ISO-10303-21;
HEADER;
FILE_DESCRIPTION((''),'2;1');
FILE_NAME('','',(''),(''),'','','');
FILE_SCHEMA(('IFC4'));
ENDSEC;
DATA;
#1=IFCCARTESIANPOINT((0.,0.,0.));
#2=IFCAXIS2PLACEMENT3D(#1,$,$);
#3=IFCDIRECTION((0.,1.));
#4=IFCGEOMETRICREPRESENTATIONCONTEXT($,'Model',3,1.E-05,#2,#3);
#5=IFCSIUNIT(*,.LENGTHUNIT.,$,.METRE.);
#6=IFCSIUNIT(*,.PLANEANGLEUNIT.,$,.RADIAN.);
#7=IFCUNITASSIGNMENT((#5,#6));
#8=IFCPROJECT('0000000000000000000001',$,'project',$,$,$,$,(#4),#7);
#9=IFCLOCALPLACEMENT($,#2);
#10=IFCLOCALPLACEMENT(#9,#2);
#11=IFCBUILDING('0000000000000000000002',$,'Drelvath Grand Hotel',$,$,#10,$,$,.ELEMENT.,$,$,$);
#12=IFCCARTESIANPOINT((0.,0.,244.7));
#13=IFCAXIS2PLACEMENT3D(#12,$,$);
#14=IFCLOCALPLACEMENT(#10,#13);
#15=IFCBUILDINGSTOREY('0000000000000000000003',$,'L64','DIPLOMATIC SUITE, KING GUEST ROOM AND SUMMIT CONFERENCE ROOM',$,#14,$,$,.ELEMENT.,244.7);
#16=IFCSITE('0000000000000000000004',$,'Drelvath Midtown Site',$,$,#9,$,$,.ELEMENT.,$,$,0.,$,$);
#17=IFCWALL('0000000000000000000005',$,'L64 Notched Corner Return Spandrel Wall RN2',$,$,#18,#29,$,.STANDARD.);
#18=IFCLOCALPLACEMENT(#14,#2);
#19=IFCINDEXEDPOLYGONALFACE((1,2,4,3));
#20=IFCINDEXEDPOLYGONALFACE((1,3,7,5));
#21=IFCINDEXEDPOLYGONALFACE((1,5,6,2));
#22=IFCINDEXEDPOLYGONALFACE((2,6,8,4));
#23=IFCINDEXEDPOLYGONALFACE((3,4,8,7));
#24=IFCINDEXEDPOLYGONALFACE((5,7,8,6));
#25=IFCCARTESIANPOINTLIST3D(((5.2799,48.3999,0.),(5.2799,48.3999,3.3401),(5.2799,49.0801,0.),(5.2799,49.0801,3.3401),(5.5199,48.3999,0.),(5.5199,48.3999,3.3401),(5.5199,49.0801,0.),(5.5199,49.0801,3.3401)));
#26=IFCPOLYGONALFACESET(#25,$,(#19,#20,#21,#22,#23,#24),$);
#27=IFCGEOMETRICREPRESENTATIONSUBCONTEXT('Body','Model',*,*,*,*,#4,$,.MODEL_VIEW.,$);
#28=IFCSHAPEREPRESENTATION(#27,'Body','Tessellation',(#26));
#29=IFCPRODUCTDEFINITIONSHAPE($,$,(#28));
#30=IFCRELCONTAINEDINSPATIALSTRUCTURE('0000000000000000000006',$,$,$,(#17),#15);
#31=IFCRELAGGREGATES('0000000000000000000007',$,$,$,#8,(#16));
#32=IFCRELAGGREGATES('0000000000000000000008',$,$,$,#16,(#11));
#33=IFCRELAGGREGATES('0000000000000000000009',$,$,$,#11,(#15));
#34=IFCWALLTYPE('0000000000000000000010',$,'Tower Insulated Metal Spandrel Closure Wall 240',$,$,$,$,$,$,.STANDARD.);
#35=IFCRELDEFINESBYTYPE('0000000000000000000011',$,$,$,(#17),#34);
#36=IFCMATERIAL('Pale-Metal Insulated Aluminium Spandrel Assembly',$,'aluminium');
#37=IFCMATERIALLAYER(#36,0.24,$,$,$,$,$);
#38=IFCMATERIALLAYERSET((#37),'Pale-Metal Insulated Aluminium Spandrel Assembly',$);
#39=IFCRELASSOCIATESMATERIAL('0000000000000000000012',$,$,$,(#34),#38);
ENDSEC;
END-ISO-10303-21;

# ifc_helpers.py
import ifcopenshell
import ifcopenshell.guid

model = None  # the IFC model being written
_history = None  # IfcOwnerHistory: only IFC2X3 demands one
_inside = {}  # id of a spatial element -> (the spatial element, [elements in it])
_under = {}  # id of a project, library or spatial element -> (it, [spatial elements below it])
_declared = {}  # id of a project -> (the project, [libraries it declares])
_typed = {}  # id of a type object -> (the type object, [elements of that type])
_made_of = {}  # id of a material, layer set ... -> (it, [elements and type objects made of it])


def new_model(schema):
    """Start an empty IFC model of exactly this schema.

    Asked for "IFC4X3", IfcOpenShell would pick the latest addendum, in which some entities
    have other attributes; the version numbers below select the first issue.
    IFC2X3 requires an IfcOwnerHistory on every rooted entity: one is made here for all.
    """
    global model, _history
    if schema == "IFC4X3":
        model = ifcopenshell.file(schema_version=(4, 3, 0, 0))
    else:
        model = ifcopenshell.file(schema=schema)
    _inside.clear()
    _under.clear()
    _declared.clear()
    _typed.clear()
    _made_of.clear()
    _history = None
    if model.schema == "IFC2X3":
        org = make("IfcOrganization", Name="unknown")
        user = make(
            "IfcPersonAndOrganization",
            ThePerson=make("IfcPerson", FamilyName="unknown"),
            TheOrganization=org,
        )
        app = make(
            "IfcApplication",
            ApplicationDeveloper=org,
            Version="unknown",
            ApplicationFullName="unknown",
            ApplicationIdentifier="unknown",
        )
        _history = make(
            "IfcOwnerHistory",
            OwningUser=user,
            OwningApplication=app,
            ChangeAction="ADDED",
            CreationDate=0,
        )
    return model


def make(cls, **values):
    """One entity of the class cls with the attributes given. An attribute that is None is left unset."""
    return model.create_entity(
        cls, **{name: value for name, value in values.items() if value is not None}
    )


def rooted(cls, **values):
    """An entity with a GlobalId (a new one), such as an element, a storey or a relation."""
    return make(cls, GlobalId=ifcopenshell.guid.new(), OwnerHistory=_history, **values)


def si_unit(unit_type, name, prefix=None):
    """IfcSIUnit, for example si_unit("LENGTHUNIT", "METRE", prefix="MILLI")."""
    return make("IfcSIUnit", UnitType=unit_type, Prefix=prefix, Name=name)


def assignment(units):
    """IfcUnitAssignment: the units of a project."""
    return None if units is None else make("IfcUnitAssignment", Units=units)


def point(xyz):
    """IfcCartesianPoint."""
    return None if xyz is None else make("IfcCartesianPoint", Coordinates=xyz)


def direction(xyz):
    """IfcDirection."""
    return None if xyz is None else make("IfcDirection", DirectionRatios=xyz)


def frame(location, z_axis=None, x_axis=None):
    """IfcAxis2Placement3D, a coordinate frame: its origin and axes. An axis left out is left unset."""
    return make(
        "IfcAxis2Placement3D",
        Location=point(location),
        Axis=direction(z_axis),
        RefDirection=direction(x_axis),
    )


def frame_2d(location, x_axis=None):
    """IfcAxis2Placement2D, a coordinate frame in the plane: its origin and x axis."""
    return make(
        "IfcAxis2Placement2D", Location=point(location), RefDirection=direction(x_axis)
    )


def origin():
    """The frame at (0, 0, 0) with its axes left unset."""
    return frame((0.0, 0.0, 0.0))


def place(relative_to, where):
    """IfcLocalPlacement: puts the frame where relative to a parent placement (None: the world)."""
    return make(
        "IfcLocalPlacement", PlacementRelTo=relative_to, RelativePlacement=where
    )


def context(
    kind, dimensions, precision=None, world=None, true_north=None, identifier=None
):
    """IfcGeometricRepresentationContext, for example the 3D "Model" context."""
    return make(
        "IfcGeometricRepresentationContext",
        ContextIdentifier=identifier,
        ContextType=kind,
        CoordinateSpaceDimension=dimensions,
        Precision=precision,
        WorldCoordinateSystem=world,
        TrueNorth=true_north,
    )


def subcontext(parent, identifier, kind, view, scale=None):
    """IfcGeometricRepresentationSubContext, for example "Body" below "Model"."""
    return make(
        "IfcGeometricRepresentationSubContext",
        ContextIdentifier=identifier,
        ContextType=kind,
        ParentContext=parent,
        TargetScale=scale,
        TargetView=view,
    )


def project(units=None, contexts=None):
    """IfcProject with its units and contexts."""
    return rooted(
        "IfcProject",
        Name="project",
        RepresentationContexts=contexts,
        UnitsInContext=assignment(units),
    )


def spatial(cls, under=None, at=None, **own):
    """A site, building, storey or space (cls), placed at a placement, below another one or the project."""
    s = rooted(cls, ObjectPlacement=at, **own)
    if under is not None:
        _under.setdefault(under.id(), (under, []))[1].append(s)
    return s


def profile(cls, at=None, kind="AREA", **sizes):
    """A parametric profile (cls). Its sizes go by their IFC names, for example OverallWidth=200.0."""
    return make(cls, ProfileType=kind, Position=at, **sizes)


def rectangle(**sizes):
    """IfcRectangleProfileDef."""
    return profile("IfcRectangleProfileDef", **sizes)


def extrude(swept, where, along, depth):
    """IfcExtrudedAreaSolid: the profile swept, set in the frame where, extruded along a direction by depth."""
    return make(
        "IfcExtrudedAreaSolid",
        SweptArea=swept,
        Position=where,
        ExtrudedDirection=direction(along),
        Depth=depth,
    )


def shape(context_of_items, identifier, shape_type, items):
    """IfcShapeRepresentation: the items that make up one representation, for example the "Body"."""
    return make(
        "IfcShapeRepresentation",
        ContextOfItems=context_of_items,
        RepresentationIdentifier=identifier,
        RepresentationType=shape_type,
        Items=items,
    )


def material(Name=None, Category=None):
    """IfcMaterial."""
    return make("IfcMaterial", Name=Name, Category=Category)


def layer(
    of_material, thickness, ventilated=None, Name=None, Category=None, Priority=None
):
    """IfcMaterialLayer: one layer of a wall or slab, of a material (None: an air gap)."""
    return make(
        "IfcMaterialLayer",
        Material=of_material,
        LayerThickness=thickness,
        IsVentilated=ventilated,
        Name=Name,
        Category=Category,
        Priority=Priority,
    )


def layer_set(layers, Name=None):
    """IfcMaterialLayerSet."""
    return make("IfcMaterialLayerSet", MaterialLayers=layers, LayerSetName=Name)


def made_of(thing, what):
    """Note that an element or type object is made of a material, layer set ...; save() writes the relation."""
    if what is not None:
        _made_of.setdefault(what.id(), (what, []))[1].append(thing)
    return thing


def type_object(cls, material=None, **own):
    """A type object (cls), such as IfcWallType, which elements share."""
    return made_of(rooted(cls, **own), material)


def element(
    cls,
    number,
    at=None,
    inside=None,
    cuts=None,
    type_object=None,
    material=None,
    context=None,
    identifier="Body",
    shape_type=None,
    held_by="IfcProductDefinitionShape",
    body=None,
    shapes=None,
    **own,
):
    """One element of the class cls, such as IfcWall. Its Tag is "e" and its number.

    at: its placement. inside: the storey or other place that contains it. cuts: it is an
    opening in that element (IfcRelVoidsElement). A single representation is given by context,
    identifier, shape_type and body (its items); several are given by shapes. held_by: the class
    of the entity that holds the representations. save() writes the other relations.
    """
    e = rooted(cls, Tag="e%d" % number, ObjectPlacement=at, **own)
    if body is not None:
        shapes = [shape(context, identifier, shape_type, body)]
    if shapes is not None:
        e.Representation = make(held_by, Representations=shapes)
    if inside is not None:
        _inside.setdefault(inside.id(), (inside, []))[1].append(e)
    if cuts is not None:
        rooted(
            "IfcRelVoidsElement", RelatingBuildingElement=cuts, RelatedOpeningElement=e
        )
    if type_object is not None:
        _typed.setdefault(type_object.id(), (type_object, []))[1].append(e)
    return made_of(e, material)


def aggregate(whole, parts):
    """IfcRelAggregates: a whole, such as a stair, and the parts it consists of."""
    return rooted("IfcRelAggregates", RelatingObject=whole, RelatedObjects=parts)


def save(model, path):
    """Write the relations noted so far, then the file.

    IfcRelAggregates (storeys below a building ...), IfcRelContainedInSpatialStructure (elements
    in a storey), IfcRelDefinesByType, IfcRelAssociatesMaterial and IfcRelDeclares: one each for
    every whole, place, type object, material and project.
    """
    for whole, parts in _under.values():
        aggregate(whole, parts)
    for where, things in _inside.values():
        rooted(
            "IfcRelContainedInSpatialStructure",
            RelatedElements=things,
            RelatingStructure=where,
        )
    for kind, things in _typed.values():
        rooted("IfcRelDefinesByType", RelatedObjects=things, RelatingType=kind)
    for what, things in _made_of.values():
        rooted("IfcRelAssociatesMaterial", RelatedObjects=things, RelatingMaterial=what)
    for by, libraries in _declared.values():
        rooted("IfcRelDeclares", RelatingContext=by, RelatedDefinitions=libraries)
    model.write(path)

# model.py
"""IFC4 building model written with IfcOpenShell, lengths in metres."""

from ifc_helpers import new_model, si_unit, direction, frame, frame_2d, origin, place, context, subcontext, project, spatial, rectangle, extrude, material, layer, layer_set, type_object, element, save


model = new_model("IFC4")

# Units and contexts
model_context = context("Model", 3, precision=1e-05, world=origin(), true_north=direction((0.0, 1.0)))
body_context = subcontext(model_context, "Body", "Model", "MODEL_VIEW")
ifc_project = project(units=[si_unit("LENGTHUNIT", "METRE"), si_unit("PLANEANGLEUNIT", "RADIAN")], contexts=[model_context])

# Site, building, storey
site_placement = place(None, origin())
site = spatial("IfcSite", under=ifc_project, at=site_placement, Name="Drelvath Midtown Site", CompositionType="ELEMENT", RefElevation=0.0)
building_placement = place(site_placement, origin())
building = spatial("IfcBuilding", under=site, at=building_placement, Name="Drelvath Grand Hotel", CompositionType="ELEMENT")
storey_placement = place(building_placement, frame((0.0, 0.0, 244.7)))
storey = spatial("IfcBuildingStorey", under=building, at=storey_placement, Name="L64", Description="DIPLOMATIC SUITE, KING GUEST ROOM AND SUMMIT CONFERENCE ROOM", CompositionType="ELEMENT", Elevation=244.7)

# Wall
ifc_material_1 = material(Name="Pale-Metal Insulated Aluminium Spandrel Assembly", Category="aluminium")
ifc_layer_1 = layer(ifc_material_1, 0.24)
ifc_layer_set_1 = layer_set([ifc_layer_1], Name="Pale-Metal Insulated Aluminium Spandrel Assembly")
wall_type_1 = type_object("IfcWallType", Name="Tower Insulated Metal Spandrel Closure Wall 240", PredefinedType="STANDARD", material=ifc_layer_set_1)
wall_1_placement = place(storey_placement, frame((5.3999, 48.3999, 0.0), z_axis=(0.0, 0.0, 1.0), x_axis=(0.0, 1.0, 0.0)))
element("IfcWall", 1, at=wall_1_placement, inside=storey, type_object=wall_type_1, Name="L64 Notched Corner Return Spandrel Wall RN2", PredefinedType="STANDARD", context=body_context, shape_type="SweptSolid", body=[
    extrude(rectangle(XDim=0.6802, YDim=0.24, at=frame_2d((0.3401, 0.0))), origin(), (0.0, 0.0, 1.0), 3.3401),
])

save(model, "model.ifc")
